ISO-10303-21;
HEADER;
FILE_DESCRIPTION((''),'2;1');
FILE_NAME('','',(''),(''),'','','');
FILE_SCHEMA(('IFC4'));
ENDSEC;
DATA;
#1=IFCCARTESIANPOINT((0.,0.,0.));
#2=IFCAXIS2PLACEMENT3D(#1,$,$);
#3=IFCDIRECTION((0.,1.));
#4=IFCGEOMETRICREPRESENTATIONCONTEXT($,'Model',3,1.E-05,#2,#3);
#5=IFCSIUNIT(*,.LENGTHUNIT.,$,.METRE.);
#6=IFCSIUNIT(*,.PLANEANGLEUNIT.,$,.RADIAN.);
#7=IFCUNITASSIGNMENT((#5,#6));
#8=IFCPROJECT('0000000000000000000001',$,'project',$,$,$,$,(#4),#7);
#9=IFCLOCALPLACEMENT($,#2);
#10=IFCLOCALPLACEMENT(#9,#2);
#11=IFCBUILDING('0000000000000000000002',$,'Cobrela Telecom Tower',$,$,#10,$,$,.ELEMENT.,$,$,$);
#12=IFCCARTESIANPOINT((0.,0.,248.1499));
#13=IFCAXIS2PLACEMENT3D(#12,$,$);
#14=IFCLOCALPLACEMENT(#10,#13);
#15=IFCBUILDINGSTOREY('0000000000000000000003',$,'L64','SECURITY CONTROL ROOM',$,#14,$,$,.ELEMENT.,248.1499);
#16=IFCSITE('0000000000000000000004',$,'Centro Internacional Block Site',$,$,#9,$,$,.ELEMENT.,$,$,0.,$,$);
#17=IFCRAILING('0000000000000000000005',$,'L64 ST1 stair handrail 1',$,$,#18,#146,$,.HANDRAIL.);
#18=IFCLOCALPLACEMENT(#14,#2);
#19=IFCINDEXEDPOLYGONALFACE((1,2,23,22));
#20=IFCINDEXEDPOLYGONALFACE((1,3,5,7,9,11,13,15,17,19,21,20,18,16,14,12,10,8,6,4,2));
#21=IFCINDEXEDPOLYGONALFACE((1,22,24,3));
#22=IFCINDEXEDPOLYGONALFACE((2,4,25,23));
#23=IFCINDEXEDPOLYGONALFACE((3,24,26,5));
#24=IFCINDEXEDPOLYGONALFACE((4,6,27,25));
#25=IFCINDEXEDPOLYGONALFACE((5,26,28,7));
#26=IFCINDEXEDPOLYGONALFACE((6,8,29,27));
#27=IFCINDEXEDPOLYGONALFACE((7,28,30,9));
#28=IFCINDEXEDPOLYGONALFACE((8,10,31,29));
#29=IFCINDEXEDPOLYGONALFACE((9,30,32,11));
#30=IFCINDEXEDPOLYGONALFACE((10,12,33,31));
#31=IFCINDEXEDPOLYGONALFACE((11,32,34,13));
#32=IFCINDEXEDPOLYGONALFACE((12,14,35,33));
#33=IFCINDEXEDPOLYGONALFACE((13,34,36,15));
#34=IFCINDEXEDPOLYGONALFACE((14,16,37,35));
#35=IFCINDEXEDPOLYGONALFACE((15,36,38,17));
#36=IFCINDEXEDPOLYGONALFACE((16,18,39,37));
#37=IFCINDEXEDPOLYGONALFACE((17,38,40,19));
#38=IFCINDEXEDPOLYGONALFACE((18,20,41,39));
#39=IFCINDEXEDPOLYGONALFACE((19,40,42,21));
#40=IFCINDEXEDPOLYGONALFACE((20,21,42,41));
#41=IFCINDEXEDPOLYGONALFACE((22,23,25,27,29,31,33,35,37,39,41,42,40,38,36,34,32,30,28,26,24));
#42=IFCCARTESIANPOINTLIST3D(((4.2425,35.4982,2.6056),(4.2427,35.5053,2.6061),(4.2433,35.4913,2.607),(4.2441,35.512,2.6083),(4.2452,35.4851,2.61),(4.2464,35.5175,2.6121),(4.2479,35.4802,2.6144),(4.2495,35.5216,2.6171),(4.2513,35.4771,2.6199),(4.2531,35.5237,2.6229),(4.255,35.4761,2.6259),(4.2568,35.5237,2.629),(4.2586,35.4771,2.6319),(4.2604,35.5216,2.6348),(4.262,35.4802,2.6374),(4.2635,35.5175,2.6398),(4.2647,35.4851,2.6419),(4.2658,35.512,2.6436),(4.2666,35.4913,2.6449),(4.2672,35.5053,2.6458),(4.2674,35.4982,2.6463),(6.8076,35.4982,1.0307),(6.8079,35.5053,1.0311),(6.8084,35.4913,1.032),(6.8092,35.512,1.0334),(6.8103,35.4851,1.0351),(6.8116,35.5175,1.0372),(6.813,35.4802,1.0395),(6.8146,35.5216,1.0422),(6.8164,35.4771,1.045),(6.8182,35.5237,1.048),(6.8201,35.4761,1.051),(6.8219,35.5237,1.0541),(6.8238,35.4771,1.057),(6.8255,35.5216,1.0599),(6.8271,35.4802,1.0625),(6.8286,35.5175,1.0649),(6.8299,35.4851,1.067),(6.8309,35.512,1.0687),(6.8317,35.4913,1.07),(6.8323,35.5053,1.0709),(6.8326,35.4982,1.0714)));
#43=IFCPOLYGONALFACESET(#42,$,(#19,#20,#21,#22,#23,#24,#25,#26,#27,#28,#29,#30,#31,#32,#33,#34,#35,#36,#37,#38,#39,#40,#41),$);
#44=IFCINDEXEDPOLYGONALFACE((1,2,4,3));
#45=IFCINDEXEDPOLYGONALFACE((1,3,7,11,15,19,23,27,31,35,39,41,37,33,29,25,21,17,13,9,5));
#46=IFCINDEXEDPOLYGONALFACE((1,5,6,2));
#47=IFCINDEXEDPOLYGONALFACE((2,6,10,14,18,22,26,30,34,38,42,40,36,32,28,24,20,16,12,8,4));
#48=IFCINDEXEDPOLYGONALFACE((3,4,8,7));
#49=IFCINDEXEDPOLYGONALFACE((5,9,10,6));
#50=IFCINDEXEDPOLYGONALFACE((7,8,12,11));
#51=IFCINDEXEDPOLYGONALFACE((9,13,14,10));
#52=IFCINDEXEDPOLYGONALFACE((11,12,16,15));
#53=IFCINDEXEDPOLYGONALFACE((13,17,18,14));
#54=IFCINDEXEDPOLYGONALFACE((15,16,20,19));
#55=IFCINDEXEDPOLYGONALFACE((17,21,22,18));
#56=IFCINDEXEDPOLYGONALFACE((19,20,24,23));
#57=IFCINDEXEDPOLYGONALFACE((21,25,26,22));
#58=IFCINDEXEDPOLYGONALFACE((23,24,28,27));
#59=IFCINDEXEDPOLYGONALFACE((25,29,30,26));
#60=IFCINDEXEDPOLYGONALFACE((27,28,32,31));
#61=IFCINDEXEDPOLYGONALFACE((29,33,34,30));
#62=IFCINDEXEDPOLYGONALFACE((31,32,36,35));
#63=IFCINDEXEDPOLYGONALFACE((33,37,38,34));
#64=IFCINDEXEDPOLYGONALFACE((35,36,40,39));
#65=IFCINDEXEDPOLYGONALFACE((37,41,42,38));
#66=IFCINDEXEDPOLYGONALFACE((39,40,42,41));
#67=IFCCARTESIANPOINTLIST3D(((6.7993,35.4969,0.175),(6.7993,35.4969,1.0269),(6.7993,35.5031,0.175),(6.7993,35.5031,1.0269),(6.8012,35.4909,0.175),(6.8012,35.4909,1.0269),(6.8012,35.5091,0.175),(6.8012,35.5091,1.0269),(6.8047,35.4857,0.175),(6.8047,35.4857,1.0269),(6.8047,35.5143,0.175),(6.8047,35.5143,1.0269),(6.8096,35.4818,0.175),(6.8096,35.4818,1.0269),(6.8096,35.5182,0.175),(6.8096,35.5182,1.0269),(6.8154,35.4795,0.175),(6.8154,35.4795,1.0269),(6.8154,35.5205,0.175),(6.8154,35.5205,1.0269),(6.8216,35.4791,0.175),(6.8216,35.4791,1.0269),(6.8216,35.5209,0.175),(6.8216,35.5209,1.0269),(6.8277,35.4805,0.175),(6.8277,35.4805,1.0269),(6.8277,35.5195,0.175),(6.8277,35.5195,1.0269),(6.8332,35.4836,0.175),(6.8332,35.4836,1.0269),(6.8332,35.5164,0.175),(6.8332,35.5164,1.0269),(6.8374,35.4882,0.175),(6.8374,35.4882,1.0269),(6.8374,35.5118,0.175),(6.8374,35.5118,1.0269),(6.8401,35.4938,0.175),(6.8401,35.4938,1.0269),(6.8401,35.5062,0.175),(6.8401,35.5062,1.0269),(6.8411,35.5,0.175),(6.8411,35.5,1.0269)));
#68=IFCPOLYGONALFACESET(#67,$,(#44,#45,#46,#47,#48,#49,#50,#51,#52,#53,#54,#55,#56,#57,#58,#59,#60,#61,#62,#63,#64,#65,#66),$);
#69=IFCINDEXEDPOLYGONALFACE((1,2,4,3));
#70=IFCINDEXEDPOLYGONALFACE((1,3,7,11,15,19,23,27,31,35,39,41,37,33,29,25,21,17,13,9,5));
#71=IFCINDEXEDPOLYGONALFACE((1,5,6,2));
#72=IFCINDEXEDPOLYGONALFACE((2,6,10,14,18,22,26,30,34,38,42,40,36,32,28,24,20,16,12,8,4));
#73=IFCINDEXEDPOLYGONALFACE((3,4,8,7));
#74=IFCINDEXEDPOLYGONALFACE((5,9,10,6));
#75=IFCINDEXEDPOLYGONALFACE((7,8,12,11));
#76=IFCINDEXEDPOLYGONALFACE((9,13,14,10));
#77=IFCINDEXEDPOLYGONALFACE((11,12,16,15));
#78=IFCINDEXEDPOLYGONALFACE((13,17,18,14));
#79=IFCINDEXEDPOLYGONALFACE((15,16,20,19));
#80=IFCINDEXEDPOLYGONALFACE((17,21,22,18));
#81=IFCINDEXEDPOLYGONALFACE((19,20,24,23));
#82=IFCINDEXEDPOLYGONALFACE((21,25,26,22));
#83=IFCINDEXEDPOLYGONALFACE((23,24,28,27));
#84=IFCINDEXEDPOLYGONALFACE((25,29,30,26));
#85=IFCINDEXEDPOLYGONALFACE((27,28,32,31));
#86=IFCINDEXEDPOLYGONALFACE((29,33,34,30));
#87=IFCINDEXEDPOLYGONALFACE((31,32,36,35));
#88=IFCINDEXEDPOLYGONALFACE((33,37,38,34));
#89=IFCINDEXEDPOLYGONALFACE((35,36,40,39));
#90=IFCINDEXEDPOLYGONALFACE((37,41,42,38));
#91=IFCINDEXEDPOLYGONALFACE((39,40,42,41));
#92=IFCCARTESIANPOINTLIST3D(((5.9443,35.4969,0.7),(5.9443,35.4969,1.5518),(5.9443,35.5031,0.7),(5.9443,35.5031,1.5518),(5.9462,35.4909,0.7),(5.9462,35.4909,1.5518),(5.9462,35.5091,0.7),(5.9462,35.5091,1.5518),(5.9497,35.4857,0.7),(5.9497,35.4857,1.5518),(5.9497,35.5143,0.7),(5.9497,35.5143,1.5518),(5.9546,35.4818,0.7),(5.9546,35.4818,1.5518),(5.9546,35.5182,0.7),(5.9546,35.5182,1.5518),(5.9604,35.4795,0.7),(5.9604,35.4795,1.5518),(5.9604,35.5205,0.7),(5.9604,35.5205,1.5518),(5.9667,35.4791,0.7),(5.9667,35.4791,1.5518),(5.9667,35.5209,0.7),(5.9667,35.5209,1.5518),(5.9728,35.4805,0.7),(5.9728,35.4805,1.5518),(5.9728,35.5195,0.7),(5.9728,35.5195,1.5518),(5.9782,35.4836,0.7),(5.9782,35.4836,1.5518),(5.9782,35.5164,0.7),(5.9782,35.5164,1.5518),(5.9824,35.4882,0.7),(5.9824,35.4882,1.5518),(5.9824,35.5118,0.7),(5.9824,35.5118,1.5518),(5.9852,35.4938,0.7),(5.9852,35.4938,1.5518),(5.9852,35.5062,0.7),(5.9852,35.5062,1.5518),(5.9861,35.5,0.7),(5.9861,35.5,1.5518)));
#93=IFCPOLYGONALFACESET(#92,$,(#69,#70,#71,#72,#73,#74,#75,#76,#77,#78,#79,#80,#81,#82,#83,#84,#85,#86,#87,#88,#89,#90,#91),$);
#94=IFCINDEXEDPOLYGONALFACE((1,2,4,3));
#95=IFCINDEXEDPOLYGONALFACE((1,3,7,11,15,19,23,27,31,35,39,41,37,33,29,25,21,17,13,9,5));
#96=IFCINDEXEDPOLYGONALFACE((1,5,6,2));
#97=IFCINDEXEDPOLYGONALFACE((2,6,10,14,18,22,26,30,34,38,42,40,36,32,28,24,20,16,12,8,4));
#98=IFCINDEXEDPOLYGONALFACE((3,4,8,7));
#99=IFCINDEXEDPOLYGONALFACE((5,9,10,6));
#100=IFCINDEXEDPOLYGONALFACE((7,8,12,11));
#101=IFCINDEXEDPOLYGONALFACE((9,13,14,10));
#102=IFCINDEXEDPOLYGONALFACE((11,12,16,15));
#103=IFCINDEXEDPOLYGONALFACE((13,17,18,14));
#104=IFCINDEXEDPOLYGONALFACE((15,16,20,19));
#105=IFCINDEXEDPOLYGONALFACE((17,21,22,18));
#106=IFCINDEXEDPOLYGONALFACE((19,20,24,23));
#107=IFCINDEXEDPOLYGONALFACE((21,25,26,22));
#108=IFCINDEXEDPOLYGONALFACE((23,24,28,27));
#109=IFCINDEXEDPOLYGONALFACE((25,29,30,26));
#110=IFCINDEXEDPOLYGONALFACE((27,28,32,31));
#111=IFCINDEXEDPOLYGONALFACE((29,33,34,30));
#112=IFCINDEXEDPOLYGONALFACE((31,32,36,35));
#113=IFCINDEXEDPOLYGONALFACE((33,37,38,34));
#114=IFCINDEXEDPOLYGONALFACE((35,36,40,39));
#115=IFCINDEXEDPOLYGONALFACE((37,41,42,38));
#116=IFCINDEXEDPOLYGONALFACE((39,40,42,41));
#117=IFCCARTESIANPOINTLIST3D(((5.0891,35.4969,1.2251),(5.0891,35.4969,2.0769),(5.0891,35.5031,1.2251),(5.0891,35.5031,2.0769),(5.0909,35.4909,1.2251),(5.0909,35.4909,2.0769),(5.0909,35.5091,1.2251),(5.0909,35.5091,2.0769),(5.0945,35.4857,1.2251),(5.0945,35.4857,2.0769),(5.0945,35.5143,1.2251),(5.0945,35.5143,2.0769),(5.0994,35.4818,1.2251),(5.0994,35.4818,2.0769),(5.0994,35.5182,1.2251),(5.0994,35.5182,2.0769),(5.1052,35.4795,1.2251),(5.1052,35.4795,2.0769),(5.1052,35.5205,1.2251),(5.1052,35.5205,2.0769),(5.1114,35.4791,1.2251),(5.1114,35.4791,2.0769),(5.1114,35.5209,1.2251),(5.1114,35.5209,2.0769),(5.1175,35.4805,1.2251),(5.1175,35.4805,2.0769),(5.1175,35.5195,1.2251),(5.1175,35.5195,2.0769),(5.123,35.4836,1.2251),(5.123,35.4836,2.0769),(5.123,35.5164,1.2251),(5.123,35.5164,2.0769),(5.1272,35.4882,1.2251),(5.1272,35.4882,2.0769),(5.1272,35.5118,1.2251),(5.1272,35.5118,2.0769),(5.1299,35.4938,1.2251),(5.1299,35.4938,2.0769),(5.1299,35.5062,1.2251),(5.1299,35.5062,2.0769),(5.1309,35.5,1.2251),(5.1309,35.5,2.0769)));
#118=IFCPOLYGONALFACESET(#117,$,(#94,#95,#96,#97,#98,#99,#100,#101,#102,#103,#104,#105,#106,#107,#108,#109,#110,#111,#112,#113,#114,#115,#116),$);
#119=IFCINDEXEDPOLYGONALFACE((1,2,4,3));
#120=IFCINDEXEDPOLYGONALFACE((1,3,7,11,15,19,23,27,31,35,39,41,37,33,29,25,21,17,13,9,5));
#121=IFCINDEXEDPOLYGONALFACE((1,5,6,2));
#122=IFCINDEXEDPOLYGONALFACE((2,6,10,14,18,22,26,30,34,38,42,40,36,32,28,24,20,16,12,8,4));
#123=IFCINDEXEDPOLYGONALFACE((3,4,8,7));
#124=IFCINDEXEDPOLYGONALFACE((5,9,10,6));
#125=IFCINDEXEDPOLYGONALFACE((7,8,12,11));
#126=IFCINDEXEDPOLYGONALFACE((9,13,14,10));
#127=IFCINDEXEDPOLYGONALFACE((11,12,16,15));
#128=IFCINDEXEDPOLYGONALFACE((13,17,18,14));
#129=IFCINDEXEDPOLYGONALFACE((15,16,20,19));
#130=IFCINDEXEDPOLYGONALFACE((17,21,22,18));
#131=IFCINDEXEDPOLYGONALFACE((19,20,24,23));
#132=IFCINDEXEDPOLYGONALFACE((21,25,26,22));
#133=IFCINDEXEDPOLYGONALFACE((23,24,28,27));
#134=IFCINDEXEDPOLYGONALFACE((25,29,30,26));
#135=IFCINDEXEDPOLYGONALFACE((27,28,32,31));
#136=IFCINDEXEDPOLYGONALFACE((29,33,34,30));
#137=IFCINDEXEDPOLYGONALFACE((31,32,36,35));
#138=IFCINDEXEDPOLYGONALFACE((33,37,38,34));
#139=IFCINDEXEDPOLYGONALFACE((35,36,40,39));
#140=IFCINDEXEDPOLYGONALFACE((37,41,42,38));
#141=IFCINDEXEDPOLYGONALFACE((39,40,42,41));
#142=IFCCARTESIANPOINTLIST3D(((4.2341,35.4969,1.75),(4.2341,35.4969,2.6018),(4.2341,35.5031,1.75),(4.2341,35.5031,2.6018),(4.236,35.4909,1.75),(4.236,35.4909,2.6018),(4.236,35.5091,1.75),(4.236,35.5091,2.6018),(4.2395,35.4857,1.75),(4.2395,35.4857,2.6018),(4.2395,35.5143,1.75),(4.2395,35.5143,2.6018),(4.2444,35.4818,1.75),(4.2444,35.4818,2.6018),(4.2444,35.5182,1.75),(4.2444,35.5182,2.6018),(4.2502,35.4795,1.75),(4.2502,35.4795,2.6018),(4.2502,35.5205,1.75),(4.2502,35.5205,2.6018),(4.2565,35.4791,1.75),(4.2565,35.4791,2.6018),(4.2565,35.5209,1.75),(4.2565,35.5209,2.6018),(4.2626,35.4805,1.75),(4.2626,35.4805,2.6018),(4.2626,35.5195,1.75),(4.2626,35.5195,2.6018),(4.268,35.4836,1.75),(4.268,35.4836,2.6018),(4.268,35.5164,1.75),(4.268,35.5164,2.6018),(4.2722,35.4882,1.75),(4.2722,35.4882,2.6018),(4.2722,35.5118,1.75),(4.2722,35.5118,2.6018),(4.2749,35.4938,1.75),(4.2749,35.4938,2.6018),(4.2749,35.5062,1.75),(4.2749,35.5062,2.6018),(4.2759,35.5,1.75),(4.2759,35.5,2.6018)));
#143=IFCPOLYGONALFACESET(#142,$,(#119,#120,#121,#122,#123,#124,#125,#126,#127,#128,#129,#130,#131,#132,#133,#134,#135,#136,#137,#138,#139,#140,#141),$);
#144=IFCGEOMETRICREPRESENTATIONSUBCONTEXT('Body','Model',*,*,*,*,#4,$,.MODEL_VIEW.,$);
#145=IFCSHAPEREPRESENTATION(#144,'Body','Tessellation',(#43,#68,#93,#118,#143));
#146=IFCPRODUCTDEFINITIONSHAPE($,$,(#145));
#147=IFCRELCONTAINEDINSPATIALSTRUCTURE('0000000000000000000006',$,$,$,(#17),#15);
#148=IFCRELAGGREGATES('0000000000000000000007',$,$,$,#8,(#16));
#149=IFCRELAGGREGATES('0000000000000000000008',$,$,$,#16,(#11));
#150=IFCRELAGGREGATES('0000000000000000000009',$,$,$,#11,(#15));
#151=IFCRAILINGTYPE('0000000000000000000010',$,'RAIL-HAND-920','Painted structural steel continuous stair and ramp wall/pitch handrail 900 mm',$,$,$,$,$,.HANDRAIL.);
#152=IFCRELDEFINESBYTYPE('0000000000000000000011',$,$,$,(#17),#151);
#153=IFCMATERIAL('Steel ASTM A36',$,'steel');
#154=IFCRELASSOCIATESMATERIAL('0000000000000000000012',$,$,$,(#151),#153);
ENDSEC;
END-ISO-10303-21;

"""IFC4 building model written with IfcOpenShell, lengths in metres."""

from ifc_helpers import new_model, si_unit, direction, frame, origin, origin_2d, place, context, subcontext, project, spatial, circle, extrude, material, type_object, element, save


model = new_model("IFC4")

# Units and contexts
model_context = context("Model", 3, precision=1e-05, world=origin(), true_north=direction((0.0, 1.0)))
body_context = subcontext(model_context, "Body", "Model", "MODEL_VIEW")
ifc_project = project(units=[si_unit("LENGTHUNIT", "METRE"), si_unit("PLANEANGLEUNIT", "RADIAN")], contexts=[model_context])

# Site, building, storey
site_placement = place(None, origin())
site = spatial("IfcSite", under=ifc_project, at=site_placement, Name="Centro Internacional Block Site", CompositionType="ELEMENT", RefElevation=0.0)
building_placement = place(site_placement, origin())
building = spatial("IfcBuilding", under=site, at=building_placement, Name="Cobrela Telecom Tower", CompositionType="ELEMENT")
storey_placement = place(building_placement, frame((0.0, 0.0, 248.1499)))
storey = spatial("IfcBuildingStorey", under=building, at=storey_placement, Name="L64", Description="SECURITY CONTROL ROOM", CompositionType="ELEMENT", Elevation=248.1499)

# Shared definitions
ifc_material_1 = material(Name="Steel ASTM A36", Category="steel")

# Railing
railing_type_1 = type_object("IfcRailingType", Name="RAIL-HAND-920", Description="Painted structural steel continuous stair and ramp wall/pitch handrail 900 mm", PredefinedType="HANDRAIL", material=ifc_material_1)
railing_1_placement = place(storey_placement, frame((6.8201, 35.5, 0.175)))
element("IfcRailing", 1, at=railing_1_placement, inside=storey, type_object=railing_type_1, Name="L64 ST1 stair handrail 1", PredefinedType="HANDRAIL", context=body_context, shape_type="SweptSolid", body=[
    extrude(circle(Radius=0.0239, at=origin_2d()), frame((0.0, 0.0, 0.876), z_axis=(-0.852195, 0.0, 0.523224), x_axis=(0.0, -1.0, 0.0)), (0.0, 0.0, 1.0), 3.01),
    extrude(circle(Radius=0.021, at=origin_2d()), origin(), (0.0, 0.0, 1.0), 0.8518),
    extrude(circle(Radius=0.021, at=origin_2d()), frame((-0.855, 0.0, 0.5249)), (0.0, 0.0, 1.0), 0.8518),
    extrude(circle(Radius=0.021, at=origin_2d()), frame((-1.7102, 0.0, 1.05)), (0.0, 0.0, 1.0), 0.8518),
    extrude(circle(Radius=0.021, at=origin_2d()), frame((-2.5652, 0.0, 1.575)), (0.0, 0.0, 1.0), 0.8518),
])

save(model, "model.ifc")
